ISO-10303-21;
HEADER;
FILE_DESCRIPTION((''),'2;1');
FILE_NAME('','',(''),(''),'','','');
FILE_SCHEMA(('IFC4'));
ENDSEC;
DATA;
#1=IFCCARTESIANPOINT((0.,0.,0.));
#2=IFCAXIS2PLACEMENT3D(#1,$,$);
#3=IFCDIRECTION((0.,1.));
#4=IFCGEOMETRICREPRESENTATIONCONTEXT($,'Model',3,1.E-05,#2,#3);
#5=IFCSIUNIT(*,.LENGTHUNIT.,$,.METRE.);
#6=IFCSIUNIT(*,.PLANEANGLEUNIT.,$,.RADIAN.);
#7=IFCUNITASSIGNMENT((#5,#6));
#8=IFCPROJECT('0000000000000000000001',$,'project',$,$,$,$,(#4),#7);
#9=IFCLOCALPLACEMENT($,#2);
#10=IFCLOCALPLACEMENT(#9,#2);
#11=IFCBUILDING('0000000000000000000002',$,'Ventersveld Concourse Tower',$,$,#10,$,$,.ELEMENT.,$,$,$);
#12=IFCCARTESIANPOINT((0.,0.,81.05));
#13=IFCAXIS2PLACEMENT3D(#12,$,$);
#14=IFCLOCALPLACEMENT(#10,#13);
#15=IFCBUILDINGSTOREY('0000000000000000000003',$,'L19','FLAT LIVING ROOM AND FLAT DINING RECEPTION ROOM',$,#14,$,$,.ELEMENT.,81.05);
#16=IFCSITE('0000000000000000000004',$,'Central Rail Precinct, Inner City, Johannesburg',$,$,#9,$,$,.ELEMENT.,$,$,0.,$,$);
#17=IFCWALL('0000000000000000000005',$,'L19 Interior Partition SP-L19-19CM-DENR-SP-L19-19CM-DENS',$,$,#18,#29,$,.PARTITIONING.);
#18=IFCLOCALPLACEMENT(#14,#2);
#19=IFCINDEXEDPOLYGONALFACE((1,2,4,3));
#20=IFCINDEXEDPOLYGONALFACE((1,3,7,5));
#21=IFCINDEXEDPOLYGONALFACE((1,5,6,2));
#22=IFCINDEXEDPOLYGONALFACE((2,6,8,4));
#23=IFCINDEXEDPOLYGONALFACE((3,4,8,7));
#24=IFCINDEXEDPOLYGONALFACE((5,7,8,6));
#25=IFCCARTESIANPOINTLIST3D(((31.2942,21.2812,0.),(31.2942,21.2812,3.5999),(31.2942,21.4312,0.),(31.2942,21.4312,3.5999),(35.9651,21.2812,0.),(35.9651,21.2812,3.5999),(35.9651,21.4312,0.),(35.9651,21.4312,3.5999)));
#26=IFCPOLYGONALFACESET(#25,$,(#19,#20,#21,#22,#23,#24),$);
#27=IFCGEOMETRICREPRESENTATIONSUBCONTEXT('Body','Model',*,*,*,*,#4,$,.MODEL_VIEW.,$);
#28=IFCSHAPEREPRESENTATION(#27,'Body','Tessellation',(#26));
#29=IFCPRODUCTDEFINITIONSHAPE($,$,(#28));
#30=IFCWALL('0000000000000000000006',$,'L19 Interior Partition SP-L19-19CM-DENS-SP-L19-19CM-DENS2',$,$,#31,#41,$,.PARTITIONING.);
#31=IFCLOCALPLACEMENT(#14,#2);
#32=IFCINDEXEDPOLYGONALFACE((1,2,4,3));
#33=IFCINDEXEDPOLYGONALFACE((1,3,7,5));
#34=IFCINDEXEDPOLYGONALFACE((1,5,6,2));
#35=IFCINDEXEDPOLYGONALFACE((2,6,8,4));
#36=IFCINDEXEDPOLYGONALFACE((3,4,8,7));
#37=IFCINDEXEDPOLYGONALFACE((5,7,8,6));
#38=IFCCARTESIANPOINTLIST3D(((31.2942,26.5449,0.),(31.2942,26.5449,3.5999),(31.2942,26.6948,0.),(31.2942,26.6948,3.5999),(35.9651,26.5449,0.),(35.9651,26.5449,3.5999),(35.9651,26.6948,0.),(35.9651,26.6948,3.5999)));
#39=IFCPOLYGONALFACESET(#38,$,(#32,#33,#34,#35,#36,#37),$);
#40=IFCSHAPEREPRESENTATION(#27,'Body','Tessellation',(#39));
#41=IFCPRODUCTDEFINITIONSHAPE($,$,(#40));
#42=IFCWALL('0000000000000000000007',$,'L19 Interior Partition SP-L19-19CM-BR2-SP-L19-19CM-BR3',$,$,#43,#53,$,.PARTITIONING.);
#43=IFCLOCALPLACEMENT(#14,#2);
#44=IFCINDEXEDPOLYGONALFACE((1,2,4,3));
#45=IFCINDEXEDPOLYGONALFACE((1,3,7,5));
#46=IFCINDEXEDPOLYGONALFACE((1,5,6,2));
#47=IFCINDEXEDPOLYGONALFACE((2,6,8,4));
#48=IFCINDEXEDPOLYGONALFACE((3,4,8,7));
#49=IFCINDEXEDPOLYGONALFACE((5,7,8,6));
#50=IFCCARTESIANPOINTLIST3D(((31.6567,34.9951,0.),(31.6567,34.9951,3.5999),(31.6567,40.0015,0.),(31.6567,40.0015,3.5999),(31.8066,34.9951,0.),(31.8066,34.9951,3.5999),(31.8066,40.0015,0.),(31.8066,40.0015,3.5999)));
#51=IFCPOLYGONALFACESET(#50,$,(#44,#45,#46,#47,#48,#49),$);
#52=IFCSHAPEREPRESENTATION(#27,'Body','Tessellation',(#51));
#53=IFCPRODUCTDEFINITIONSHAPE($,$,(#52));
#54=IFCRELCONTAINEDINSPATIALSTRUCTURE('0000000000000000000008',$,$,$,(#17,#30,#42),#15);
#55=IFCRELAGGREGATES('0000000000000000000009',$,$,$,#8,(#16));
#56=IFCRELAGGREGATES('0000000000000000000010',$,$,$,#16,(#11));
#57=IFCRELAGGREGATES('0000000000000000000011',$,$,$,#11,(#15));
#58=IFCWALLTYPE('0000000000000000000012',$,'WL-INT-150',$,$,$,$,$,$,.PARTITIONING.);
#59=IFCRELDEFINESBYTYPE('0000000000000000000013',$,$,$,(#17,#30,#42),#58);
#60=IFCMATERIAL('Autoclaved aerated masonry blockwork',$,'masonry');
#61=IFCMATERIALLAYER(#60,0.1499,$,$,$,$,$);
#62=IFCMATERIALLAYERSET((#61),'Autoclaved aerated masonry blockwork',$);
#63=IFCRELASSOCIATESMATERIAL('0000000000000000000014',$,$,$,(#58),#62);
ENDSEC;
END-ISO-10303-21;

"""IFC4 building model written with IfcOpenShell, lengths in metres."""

from ifc_helpers import new_model, si_unit, direction, frame, frame_2d, origin, place, context, subcontext, project, spatial, rectangle, extrude, material, layer, layer_set, type_object, element, save


model = new_model("IFC4")

# Units and contexts
model_context = context("Model", 3, precision=1e-05, world=origin(), true_north=direction((0.0, 1.0)))
body_context = subcontext(model_context, "Body", "Model", "MODEL_VIEW")
ifc_project = project(units=[si_unit("LENGTHUNIT", "METRE"), si_unit("PLANEANGLEUNIT", "RADIAN")], contexts=[model_context])

# Site, building, storey
site_placement = place(None, origin())
site = spatial("IfcSite", under=ifc_project, at=site_placement, Name="Central Rail Precinct, Inner City, Johannesburg", CompositionType="ELEMENT", RefElevation=0.0)
building_placement = place(site_placement, origin())
building = spatial("IfcBuilding", under=site, at=building_placement, Name="Ventersveld Concourse Tower", CompositionType="ELEMENT")
storey_placement = place(building_placement, frame((0.0, 0.0, 81.05)))
storey = spatial("IfcBuildingStorey", under=building, at=storey_placement, Name="L19", Description="FLAT LIVING ROOM AND FLAT DINING RECEPTION ROOM", CompositionType="ELEMENT", Elevation=81.05)

# Shared definitions
ifc_material_1 = material(Name="Autoclaved aerated masonry blockwork", Category="masonry")
ifc_layer_1 = layer(ifc_material_1, 0.1499)
ifc_layer_set_1 = layer_set([ifc_layer_1], Name="Autoclaved aerated masonry blockwork")
wall_type_1 = type_object("IfcWallType", Name="WL-INT-150", PredefinedType="PARTITIONING", material=ifc_layer_set_1)

# Walls
for number, where, z_axis, x_axis, name in (
    (1, (31.2942, 21.3562, 0.0), (0.0, 0.0, 1.0), (1.0, 0.0, 0.0), "L19 Interior Partition SP-L19-19CM-DENR-SP-L19-19CM-DENS"),
    (2, (31.2942, 26.6199, 0.0), (0.0, 0.0, 1.0), (1.0, 0.0, 0.0), "L19 Interior Partition SP-L19-19CM-DENS-SP-L19-19CM-DENS2"),
):
    element("IfcWall", number, at=place(storey_placement, frame(where, z_axis=z_axis, x_axis=x_axis)), inside=storey, type_object=wall_type_1, Name=name, PredefinedType="PARTITIONING", context=body_context, shape_type="SweptSolid", body=[
        extrude(rectangle(XDim=4.6709, YDim=0.1499, at=frame_2d((2.3354, 0.0))), origin(), (0.0, 0.0, 1.0), 3.5999),
    ])
wall_1_placement = place(storey_placement, frame((31.7317, 34.9951, 0.0), z_axis=(0.0, 0.0, 1.0), x_axis=(0.0, 1.0, 0.0)))
element("IfcWall", 3, at=wall_1_placement, inside=storey, type_object=wall_type_1, Name="L19 Interior Partition SP-L19-19CM-BR2-SP-L19-19CM-BR3", PredefinedType="PARTITIONING", context=body_context, shape_type="SweptSolid", body=[
    extrude(rectangle(XDim=5.0063, YDim=0.1499, at=frame_2d((2.5032, 0.0))), origin(), (0.0, 0.0, 1.0), 3.5999),
])

save(model, "model.ifc")
